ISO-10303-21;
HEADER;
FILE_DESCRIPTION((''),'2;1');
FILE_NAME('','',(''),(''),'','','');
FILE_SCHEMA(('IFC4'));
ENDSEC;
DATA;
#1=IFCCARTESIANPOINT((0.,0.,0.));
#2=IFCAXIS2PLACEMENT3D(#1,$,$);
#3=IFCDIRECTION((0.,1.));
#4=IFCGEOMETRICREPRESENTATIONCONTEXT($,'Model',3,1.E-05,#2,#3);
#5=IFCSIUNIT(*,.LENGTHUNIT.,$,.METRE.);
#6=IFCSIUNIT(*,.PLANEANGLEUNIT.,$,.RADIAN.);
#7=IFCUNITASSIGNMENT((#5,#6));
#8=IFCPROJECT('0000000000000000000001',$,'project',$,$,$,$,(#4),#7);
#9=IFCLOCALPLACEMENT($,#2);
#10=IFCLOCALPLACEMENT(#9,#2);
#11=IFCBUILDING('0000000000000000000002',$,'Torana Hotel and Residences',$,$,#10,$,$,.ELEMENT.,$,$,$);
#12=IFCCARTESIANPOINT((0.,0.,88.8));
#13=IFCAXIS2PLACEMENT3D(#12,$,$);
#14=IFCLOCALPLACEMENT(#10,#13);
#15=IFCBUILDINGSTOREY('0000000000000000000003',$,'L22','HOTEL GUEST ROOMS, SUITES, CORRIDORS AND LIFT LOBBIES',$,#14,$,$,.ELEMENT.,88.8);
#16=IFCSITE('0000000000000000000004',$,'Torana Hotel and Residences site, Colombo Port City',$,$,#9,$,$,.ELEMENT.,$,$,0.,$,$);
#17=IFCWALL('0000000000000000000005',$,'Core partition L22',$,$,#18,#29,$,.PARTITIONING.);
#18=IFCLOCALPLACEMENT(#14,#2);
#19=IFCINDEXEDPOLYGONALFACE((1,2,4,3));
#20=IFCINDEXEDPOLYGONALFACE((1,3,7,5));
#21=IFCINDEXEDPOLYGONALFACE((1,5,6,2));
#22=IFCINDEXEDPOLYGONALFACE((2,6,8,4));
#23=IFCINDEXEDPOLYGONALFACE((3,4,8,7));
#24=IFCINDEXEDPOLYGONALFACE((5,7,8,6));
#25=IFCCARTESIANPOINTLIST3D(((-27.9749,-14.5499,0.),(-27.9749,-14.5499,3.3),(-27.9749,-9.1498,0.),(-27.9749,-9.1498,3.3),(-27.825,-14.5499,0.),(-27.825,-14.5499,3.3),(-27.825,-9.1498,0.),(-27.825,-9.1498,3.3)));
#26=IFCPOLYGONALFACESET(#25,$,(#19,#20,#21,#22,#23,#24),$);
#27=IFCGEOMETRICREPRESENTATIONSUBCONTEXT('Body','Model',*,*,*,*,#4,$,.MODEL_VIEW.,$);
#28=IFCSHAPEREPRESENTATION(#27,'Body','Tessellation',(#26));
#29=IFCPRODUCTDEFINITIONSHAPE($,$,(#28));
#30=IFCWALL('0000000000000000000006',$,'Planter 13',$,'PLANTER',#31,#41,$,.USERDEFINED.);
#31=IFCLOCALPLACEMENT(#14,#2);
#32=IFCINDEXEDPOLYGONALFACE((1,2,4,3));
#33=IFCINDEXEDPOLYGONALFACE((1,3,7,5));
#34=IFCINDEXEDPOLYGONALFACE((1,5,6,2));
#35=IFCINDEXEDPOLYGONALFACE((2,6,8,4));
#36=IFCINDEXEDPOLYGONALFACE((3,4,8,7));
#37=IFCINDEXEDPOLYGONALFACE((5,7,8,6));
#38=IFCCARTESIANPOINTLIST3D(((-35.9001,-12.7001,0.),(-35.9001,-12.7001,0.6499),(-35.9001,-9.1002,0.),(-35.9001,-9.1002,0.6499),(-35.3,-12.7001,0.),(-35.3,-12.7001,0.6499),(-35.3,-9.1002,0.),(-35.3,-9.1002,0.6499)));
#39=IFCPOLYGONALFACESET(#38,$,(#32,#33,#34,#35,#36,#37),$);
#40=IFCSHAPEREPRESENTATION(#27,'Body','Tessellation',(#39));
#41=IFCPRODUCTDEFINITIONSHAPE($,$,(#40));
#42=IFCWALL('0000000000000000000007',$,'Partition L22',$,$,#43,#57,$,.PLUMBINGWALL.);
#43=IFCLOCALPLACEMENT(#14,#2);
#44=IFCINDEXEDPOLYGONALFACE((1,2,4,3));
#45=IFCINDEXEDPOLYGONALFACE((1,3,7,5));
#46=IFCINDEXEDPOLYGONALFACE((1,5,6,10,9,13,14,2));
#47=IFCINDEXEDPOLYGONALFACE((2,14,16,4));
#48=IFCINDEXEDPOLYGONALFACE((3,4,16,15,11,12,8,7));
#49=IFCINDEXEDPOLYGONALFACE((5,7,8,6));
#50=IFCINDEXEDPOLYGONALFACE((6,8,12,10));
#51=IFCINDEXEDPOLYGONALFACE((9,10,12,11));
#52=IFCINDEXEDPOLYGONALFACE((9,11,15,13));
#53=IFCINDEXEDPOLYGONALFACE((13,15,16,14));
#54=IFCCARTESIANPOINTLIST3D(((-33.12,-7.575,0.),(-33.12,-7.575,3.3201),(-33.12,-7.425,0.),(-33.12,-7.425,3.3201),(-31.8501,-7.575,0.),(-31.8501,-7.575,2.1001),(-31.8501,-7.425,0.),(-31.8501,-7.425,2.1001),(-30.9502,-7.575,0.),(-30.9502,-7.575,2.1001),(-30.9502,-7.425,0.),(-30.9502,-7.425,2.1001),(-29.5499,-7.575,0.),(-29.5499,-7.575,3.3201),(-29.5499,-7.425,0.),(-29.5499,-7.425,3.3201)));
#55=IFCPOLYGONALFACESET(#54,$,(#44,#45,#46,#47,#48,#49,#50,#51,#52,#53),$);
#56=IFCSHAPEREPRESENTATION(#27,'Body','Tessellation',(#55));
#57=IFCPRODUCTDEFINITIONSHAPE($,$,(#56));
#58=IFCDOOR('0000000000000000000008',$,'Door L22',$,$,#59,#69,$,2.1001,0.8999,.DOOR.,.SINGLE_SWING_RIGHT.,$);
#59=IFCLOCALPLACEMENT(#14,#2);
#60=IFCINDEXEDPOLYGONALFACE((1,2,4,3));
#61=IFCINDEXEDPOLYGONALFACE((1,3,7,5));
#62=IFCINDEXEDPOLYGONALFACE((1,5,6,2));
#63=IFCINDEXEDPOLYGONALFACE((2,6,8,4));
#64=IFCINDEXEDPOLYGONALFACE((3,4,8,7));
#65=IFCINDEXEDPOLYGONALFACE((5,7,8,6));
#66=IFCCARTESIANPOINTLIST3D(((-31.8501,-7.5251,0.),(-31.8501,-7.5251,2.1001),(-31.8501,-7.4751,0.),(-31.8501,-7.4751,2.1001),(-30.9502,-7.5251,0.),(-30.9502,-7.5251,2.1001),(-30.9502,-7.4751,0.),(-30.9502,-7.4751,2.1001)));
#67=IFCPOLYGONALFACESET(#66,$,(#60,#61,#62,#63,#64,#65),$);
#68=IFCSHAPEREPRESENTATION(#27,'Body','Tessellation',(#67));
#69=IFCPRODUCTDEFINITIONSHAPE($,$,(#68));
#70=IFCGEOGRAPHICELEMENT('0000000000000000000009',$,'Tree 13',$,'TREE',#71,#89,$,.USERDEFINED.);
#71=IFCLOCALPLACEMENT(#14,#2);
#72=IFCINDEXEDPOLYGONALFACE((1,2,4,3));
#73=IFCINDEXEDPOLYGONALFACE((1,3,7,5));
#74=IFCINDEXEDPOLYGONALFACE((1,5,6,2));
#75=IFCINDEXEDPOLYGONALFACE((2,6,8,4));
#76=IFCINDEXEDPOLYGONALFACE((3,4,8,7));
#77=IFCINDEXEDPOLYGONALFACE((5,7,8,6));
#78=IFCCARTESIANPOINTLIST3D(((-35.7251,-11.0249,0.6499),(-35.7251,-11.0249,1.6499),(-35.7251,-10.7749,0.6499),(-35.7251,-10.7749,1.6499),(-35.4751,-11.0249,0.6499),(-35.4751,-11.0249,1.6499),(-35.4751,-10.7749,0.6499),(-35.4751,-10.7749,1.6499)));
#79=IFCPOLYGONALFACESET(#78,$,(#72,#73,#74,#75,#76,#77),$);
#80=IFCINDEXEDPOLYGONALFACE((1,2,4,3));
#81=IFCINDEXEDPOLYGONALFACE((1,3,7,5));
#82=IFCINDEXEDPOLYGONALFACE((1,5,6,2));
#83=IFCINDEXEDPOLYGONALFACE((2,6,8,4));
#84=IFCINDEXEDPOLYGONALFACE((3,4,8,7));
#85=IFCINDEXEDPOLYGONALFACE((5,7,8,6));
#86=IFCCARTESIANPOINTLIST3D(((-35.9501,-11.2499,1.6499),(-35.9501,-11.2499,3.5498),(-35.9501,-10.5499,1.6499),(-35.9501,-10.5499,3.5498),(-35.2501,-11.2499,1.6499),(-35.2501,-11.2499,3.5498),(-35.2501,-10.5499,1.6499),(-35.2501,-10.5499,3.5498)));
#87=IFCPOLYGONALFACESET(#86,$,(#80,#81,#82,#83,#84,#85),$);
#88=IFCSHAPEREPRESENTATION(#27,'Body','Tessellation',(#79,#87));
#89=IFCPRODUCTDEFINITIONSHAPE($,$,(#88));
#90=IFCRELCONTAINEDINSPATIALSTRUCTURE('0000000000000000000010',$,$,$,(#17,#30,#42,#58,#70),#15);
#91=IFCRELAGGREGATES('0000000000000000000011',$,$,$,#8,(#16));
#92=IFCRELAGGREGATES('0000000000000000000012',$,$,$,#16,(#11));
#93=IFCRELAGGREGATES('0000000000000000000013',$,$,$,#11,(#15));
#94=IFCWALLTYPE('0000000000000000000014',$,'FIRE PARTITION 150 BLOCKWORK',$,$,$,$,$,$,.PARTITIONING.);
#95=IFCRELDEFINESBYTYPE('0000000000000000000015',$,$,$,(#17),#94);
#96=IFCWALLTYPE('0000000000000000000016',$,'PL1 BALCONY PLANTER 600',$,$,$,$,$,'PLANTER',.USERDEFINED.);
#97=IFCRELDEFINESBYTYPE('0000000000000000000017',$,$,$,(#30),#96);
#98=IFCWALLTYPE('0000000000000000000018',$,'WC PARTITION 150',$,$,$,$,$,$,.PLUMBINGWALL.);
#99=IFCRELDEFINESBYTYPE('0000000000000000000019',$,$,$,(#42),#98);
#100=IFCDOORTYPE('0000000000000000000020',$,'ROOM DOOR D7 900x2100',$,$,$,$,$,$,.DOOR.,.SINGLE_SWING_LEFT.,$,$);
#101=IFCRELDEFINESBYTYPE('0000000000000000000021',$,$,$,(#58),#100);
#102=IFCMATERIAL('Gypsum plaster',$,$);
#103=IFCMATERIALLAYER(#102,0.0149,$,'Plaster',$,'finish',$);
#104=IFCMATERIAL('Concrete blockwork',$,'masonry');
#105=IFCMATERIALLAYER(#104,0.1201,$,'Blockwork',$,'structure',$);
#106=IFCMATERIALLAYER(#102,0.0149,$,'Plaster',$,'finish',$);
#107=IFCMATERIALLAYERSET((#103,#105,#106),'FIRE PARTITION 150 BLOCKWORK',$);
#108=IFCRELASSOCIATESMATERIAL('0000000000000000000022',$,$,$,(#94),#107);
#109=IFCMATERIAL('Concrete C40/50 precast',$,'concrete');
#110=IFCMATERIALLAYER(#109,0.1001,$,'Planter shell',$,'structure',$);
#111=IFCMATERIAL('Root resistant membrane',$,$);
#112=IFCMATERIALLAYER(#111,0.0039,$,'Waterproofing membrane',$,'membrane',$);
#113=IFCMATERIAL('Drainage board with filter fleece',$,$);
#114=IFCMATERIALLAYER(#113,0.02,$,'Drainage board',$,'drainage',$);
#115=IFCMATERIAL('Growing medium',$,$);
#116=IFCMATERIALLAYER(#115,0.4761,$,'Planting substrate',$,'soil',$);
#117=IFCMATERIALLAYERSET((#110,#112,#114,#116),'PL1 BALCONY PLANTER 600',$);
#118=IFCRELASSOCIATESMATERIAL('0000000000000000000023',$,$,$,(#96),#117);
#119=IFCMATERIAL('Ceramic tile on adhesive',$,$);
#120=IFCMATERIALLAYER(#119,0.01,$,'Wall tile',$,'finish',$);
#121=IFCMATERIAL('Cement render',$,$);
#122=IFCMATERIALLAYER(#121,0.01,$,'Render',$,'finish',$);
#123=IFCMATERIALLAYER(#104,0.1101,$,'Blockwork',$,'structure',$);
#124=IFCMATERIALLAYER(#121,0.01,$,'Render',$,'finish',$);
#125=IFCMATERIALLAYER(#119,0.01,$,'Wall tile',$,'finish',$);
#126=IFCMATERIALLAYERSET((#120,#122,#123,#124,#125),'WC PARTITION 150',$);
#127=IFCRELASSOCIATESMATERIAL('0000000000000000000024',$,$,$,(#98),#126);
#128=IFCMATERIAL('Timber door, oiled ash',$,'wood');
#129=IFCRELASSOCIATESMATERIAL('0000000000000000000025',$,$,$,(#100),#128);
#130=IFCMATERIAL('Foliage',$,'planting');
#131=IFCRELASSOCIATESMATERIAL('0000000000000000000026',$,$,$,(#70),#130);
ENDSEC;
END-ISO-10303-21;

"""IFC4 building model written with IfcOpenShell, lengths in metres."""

from ifc_helpers import new_model, si_unit, direction, frame, frame_2d, origin, origin_2d, place, context, subcontext, project, spatial, rectangle, extrude, material, layer, layer_set, type_object, element, fill, save


model = new_model("IFC4")

# Units and contexts
model_context = context("Model", 3, precision=1e-05, world=origin(), true_north=direction((0.0, 1.0)))
body_context = subcontext(model_context, "Body", "Model", "MODEL_VIEW")
ifc_project = project(units=[si_unit("LENGTHUNIT", "METRE"), si_unit("PLANEANGLEUNIT", "RADIAN")], contexts=[model_context])

# Site, building, storey
site_placement = place(None, origin())
site = spatial("IfcSite", under=ifc_project, at=site_placement, Name="Torana Hotel and Residences site, Colombo Port City", CompositionType="ELEMENT", RefElevation=0.0)
building_placement = place(site_placement, origin())
building = spatial("IfcBuilding", under=site, at=building_placement, Name="Torana Hotel and Residences", CompositionType="ELEMENT")
storey_placement = place(building_placement, frame((0.0, 0.0, 88.8)))
storey = spatial("IfcBuildingStorey", under=building, at=storey_placement, Name="L22", Description="HOTEL GUEST ROOMS, SUITES, CORRIDORS AND LIFT LOBBIES", CompositionType="ELEMENT", Elevation=88.8)

# Walls
ifc_material_1 = material(Name="Gypsum plaster")
ifc_layer_1 = layer(ifc_material_1, 0.0149, Name="Plaster", Category="finish")
ifc_material_2 = material(Name="Concrete blockwork", Category="masonry")
ifc_layer_2 = layer(ifc_material_2, 0.1201, Name="Blockwork", Category="structure")
ifc_layer_3 = layer(ifc_material_1, 0.0149, Name="Plaster", Category="finish")
ifc_layer_set_1 = layer_set([ifc_layer_1, ifc_layer_2, ifc_layer_3], Name="FIRE PARTITION 150 BLOCKWORK")
wall_type_1 = type_object("IfcWallType", Name="FIRE PARTITION 150 BLOCKWORK", PredefinedType="PARTITIONING", material=ifc_layer_set_1)
wall_1_placement = place(storey_placement, frame((-27.8999, -14.55, 0.0), z_axis=(0.0, 0.0, 1.0), x_axis=(0.0, 1.0, 0.0)))
element("IfcWall", 1, at=wall_1_placement, inside=storey, type_object=wall_type_1, Name="Core partition L22", PredefinedType="PARTITIONING", context=body_context, shape_type="SweptSolid", body=[
    extrude(rectangle(XDim=5.4001, YDim=0.1499, at=frame_2d((2.7002, 0.0))), origin(), (0.0, 0.0, 1.0), 3.3),
])
ifc_material_3 = material(Name="Concrete C40/50 precast", Category="concrete")
ifc_layer_4 = layer(ifc_material_3, 0.1001, Name="Planter shell", Category="structure")
ifc_material_4 = material(Name="Root resistant membrane")
ifc_layer_5 = layer(ifc_material_4, 0.0039, Name="Waterproofing membrane", Category="membrane")
ifc_material_5 = material(Name="Drainage board with filter fleece")
ifc_layer_6 = layer(ifc_material_5, 0.02, Name="Drainage board", Category="drainage")
ifc_material_6 = material(Name="Growing medium")
ifc_layer_7 = layer(ifc_material_6, 0.4761, Name="Planting substrate", Category="soil")
ifc_layer_set_2 = layer_set([ifc_layer_4, ifc_layer_5, ifc_layer_6, ifc_layer_7], Name="PL1 BALCONY PLANTER 600")
wall_type_2 = type_object("IfcWallType", Name="PL1 BALCONY PLANTER 600", ElementType="PLANTER", PredefinedType="USERDEFINED", material=ifc_layer_set_2)
wall_2_placement = place(storey_placement, frame((-35.6001, -12.7, 0.0), z_axis=(0.0, 0.0, 1.0), x_axis=(0.0, 1.0, 0.0)))
element("IfcWall", 2, at=wall_2_placement, inside=storey, type_object=wall_type_2, Name="Planter 13", ObjectType="PLANTER", PredefinedType="USERDEFINED", context=body_context, shape_type="SweptSolid", body=[
    extrude(rectangle(XDim=3.5999, YDim=0.6001, at=frame_2d((1.7998, 0.0))), origin(), (0.0, 0.0, 1.0), 0.6499),
])

# Wall, opening, door
ifc_material_7 = material(Name="Ceramic tile on adhesive")
ifc_layer_8 = layer(ifc_material_7, 0.01, Name="Wall tile", Category="finish")
ifc_material_8 = material(Name="Cement render")
ifc_layer_9 = layer(ifc_material_8, 0.01, Name="Render", Category="finish")
ifc_layer_10 = layer(ifc_material_2, 0.1101, Name="Blockwork", Category="structure")
ifc_layer_11 = layer(ifc_material_8, 0.01, Name="Render", Category="finish")
ifc_layer_12 = layer(ifc_material_7, 0.01, Name="Wall tile", Category="finish")
ifc_layer_set_3 = layer_set([ifc_layer_8, ifc_layer_9, ifc_layer_10, ifc_layer_11, ifc_layer_12], Name="WC PARTITION 150")
wall_type_3 = type_object("IfcWallType", Name="WC PARTITION 150", PredefinedType="PLUMBINGWALL", material=ifc_layer_set_3)
wall_3_placement = place(storey_placement, frame((-33.1201, -7.5, 0.0), z_axis=(0.0, 0.0, 1.0), x_axis=(1.0, 0.0, 0.0)))
wall_3 = element("IfcWall", 3, at=wall_3_placement, inside=storey, type_object=wall_type_3, Name="Partition L22", PredefinedType="PLUMBINGWALL", context=body_context, shape_type="SweptSolid", body=[
    extrude(rectangle(XDim=3.5701, YDim=0.1499, at=frame_2d((1.7852, 0.0))), origin(), (0.0, 0.0, 1.0), 3.3201),
])
opening_1_placement = place(wall_3_placement, frame((1.27, 0.0, 0.0)))
opening_1 = element("IfcOpeningElement", 4, at=opening_1_placement, cuts=wall_3, PredefinedType="OPENING", context=body_context, shape_type="SweptSolid", body=[
    extrude(rectangle(XDim=0.8999, YDim=2.1001, at=frame_2d((0.45, 1.05))), frame((0.0, 0.085, 0.0), z_axis=(0.0, -1.0, 0.0), x_axis=(1.0, 0.0, 0.0)), (0.0, 0.0, 1.0), 0.1699),
])
ifc_material_9 = material(Name="Timber door, oiled ash", Category="wood")
door_type_1 = type_object("IfcDoorType", Name="ROOM DOOR D7 900x2100", OperationType="SINGLE_SWING_LEFT", PredefinedType="DOOR", material=ifc_material_9)
door_1_placement = place(opening_1_placement, origin())
door_1 = element("IfcDoor", 5, at=door_1_placement, inside=storey, type_object=door_type_1, Name="Door L22", OperationType="SINGLE_SWING_RIGHT", OverallHeight=2.1001, OverallWidth=0.8999, PredefinedType="DOOR", context=body_context, shape_type="SweptSolid", body=[
    extrude(rectangle(XDim=0.8999, YDim=2.1001, at=frame_2d((0.45, 1.05))), frame((0.0, 0.0249, 0.0), z_axis=(0.0, -1.0, 0.0), x_axis=(1.0, 0.0, 0.0)), (0.0, 0.0, 1.0), 0.05),
])
fill(opening_1, door_1)

# Geographic element
ifc_material_10 = material(Name="Foliage", Category="planting")
geographic_element_placement = place(storey_placement, frame((-35.6001, -10.8999, 0.6499), z_axis=(0.0, 0.0, 1.0), x_axis=(1.0, 0.0, 0.0)))
element("IfcGeographicElement", 6, at=geographic_element_placement, inside=storey, material=ifc_material_10, Name="Tree 13", ObjectType="TREE", PredefinedType="USERDEFINED", context=body_context, shape_type="SweptSolid", body=[
    extrude(rectangle(XDim=0.25, YDim=0.25, at=origin_2d()), origin(), (0.0, 0.0, 1.0), 1.0),
    extrude(rectangle(XDim=0.7, YDim=0.7, at=origin_2d()), frame((0.0, 0.0, 1.0)), (0.0, 0.0, 1.0), 1.8999),
])

save(model, "model.ifc")
